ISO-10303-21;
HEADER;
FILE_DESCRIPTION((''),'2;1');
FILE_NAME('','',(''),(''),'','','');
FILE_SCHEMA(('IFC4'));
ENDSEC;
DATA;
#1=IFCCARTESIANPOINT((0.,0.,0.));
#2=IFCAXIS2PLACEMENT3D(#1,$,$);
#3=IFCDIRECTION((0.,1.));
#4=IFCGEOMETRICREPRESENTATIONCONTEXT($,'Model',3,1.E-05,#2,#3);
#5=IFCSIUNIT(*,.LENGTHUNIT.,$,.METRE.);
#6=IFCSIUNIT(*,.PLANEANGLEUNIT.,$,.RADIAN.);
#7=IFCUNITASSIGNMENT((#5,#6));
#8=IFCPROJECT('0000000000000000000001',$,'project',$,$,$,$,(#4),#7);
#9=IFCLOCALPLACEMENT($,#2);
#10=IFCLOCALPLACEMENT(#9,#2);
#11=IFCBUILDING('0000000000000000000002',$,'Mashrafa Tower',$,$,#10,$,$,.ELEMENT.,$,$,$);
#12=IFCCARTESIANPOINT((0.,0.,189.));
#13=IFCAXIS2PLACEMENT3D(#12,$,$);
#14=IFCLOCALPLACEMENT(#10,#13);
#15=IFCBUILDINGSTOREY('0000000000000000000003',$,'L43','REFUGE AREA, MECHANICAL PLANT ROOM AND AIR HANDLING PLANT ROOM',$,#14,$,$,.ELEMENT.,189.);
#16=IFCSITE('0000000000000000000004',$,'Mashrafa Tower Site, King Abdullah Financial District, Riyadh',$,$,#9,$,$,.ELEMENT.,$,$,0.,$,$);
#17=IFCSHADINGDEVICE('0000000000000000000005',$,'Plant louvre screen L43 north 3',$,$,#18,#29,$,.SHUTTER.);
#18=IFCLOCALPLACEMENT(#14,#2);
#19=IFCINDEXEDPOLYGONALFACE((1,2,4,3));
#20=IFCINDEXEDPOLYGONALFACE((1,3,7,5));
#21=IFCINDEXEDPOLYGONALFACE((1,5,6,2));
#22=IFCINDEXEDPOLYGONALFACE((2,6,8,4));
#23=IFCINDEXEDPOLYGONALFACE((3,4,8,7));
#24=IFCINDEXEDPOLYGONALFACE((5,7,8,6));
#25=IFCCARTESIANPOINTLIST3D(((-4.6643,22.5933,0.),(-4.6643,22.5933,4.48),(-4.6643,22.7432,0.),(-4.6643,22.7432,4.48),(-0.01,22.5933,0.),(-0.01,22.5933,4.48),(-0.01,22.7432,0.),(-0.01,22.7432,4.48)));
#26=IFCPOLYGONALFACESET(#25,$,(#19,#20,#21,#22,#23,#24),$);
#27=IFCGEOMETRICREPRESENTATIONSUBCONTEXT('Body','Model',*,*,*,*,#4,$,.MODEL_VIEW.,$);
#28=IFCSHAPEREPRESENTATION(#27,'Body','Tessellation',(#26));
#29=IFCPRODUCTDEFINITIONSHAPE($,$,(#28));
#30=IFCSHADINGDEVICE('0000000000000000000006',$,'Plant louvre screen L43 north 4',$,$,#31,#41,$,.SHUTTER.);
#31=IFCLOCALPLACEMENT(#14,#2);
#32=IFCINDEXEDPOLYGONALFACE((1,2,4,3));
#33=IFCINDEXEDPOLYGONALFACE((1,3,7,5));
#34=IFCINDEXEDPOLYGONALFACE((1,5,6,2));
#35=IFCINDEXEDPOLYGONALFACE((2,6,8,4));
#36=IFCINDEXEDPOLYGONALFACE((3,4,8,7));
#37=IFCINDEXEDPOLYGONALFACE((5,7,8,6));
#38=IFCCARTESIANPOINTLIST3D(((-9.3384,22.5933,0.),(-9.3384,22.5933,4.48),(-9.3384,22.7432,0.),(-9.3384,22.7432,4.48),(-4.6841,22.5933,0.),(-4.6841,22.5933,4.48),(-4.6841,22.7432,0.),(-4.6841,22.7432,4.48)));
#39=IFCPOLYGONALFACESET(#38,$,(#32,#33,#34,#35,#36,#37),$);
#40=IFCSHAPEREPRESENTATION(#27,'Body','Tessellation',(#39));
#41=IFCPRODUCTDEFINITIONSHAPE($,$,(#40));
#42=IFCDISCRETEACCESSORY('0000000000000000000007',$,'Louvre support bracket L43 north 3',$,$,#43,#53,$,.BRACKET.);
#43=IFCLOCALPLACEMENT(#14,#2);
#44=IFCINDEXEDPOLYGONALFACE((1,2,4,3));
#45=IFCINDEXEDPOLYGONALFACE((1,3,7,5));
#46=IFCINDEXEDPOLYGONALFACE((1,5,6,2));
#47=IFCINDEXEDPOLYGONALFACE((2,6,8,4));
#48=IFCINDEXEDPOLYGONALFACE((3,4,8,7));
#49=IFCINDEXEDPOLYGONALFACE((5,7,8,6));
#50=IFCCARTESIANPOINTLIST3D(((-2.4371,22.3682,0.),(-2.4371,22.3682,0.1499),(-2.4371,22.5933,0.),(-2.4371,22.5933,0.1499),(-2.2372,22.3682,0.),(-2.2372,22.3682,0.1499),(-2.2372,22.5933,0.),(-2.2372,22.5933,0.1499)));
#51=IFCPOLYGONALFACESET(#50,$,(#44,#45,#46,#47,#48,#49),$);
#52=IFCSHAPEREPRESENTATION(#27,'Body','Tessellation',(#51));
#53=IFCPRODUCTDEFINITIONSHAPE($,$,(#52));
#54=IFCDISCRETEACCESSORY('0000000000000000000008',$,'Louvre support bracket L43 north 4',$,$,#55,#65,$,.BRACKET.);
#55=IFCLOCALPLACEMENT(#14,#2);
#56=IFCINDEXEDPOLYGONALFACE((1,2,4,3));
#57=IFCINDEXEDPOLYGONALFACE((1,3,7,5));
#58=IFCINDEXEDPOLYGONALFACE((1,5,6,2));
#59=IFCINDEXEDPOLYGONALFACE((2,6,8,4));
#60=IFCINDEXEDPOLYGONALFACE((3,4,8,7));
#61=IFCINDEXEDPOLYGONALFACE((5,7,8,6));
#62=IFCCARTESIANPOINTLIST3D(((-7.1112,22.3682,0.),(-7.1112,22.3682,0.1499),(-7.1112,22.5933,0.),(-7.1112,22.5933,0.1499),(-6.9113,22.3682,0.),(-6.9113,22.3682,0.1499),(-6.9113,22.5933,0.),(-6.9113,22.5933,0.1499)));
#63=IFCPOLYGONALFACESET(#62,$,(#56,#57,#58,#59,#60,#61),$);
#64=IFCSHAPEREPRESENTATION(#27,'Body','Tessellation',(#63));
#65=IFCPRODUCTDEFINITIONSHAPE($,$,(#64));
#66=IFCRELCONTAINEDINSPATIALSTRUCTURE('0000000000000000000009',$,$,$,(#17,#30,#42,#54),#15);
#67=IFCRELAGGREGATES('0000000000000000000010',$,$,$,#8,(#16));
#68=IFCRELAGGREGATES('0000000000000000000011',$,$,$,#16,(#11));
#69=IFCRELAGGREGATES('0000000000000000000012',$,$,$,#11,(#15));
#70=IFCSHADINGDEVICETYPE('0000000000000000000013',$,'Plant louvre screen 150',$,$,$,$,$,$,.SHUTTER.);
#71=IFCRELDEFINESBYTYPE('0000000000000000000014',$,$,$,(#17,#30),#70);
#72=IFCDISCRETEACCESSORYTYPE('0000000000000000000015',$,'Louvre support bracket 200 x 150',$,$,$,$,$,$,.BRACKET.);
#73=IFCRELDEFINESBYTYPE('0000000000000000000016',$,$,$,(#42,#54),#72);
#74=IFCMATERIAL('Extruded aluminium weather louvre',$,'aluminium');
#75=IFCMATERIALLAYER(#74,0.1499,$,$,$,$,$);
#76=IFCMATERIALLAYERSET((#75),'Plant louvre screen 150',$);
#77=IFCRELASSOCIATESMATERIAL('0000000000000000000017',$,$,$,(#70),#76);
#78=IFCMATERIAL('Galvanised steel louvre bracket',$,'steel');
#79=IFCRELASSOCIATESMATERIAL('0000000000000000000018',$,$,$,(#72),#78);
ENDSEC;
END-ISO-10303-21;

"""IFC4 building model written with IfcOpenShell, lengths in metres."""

from ifc_helpers import new_model, si_unit, direction, frame, origin, origin_2d, place, context, subcontext, project, spatial, rectangle, extrude, source, transform, mapped, material, layer, layer_set, type_object, type_shapes, element, save


model = new_model("IFC4")

# Units and contexts
model_context = context("Model", 3, precision=1e-05, world=origin(), true_north=direction((0.0, 1.0)))
body_context = subcontext(model_context, "Body", "Model", "MODEL_VIEW")
ifc_project = project(units=[si_unit("LENGTHUNIT", "METRE"), si_unit("PLANEANGLEUNIT", "RADIAN")], contexts=[model_context])

# Site, building, storey
site_placement = place(None, origin())
site = spatial("IfcSite", under=ifc_project, at=site_placement, Name="Mashrafa Tower Site, King Abdullah Financial District, Riyadh", CompositionType="ELEMENT", RefElevation=0.0)
building_placement = place(site_placement, origin())
building = spatial("IfcBuilding", under=site, at=building_placement, Name="Mashrafa Tower", CompositionType="ELEMENT")
storey_placement = place(building_placement, frame((0.0, 0.0, 189.0)))
storey = spatial("IfcBuildingStorey", under=building, at=storey_placement, Name="L43", Description="REFUGE AREA, MECHANICAL PLANT ROOM AND AIR HANDLING PLANT ROOM", CompositionType="ELEMENT", Elevation=189.0)

# Shading devices
ifc_material_1 = material(Name="Extruded aluminium weather louvre", Category="aluminium")
ifc_layer_1 = layer(ifc_material_1, 0.1499)
ifc_layer_set_1 = layer_set([ifc_layer_1], Name="Plant louvre screen 150")
shading_device_type = type_object("IfcShadingDeviceType", Name="Plant louvre screen 150", PredefinedType="SHUTTER", material=ifc_layer_set_1)
shared_shape_1 = source(origin(), body_context, "Body", "SweptSolid", [
    extrude(rectangle(XDim=4.6543, YDim=0.1499, at=origin_2d()), origin(), (0.0, 0.0, 1.0), 4.48),
])
type_shapes(shading_device_type, [shared_shape_1])
for number, where, z_axis, x_axis, name in (
    (1, (-2.3372, 22.6682, 0.0), (0.0, 0.0, 1.0), (-1.0, 0.0, 0.0), "Plant louvre screen L43 north 3"),
    (2, (-7.0112, 22.6682, 0.0), (0.0, 0.0, 1.0), (-1.0, 0.0, 0.0), "Plant louvre screen L43 north 4"),
):
    element("IfcShadingDevice", number, at=place(storey_placement, frame(where, z_axis=z_axis, x_axis=x_axis)), inside=storey, type_object=shading_device_type, Name=name, PredefinedType="SHUTTER", context=body_context, shape_type="MappedRepresentation", body=[
        mapped(shared_shape_1, transform((0.0, 0.0, 0.0))),
    ])

# Discrete accessories
ifc_material_2 = material(Name="Galvanised steel louvre bracket", Category="steel")
discrete_accessory_type = type_object("IfcDiscreteAccessoryType", Name="Louvre support bracket 200 x 150", PredefinedType="BRACKET", material=ifc_material_2)
shared_shape_2 = source(origin(), body_context, "Body", "SweptSolid", [
    extrude(rectangle(XDim=0.2, YDim=0.2251, at=origin_2d()), origin(), (0.0, 0.0, 1.0), 0.1499),
])
type_shapes(discrete_accessory_type, [shared_shape_2])
for number, where, z_axis, x_axis, name in (
    (3, (-2.3372, 22.4807, 0.0), (0.0, 0.0, 1.0), (-1.0, 0.0, 0.0), "Louvre support bracket L43 north 3"),
    (4, (-7.0112, 22.4807, 0.0), (0.0, 0.0, 1.0), (-1.0, 0.0, 0.0), "Louvre support bracket L43 north 4"),
):
    element("IfcDiscreteAccessory", number, at=place(storey_placement, frame(where, z_axis=z_axis, x_axis=x_axis)), inside=storey, type_object=discrete_accessory_type, Name=name, PredefinedType="BRACKET", context=body_context, shape_type="MappedRepresentation", body=[
        mapped(shared_shape_2, transform((0.0, 0.0, 0.0))),
    ])

save(model, "model.ifc")
